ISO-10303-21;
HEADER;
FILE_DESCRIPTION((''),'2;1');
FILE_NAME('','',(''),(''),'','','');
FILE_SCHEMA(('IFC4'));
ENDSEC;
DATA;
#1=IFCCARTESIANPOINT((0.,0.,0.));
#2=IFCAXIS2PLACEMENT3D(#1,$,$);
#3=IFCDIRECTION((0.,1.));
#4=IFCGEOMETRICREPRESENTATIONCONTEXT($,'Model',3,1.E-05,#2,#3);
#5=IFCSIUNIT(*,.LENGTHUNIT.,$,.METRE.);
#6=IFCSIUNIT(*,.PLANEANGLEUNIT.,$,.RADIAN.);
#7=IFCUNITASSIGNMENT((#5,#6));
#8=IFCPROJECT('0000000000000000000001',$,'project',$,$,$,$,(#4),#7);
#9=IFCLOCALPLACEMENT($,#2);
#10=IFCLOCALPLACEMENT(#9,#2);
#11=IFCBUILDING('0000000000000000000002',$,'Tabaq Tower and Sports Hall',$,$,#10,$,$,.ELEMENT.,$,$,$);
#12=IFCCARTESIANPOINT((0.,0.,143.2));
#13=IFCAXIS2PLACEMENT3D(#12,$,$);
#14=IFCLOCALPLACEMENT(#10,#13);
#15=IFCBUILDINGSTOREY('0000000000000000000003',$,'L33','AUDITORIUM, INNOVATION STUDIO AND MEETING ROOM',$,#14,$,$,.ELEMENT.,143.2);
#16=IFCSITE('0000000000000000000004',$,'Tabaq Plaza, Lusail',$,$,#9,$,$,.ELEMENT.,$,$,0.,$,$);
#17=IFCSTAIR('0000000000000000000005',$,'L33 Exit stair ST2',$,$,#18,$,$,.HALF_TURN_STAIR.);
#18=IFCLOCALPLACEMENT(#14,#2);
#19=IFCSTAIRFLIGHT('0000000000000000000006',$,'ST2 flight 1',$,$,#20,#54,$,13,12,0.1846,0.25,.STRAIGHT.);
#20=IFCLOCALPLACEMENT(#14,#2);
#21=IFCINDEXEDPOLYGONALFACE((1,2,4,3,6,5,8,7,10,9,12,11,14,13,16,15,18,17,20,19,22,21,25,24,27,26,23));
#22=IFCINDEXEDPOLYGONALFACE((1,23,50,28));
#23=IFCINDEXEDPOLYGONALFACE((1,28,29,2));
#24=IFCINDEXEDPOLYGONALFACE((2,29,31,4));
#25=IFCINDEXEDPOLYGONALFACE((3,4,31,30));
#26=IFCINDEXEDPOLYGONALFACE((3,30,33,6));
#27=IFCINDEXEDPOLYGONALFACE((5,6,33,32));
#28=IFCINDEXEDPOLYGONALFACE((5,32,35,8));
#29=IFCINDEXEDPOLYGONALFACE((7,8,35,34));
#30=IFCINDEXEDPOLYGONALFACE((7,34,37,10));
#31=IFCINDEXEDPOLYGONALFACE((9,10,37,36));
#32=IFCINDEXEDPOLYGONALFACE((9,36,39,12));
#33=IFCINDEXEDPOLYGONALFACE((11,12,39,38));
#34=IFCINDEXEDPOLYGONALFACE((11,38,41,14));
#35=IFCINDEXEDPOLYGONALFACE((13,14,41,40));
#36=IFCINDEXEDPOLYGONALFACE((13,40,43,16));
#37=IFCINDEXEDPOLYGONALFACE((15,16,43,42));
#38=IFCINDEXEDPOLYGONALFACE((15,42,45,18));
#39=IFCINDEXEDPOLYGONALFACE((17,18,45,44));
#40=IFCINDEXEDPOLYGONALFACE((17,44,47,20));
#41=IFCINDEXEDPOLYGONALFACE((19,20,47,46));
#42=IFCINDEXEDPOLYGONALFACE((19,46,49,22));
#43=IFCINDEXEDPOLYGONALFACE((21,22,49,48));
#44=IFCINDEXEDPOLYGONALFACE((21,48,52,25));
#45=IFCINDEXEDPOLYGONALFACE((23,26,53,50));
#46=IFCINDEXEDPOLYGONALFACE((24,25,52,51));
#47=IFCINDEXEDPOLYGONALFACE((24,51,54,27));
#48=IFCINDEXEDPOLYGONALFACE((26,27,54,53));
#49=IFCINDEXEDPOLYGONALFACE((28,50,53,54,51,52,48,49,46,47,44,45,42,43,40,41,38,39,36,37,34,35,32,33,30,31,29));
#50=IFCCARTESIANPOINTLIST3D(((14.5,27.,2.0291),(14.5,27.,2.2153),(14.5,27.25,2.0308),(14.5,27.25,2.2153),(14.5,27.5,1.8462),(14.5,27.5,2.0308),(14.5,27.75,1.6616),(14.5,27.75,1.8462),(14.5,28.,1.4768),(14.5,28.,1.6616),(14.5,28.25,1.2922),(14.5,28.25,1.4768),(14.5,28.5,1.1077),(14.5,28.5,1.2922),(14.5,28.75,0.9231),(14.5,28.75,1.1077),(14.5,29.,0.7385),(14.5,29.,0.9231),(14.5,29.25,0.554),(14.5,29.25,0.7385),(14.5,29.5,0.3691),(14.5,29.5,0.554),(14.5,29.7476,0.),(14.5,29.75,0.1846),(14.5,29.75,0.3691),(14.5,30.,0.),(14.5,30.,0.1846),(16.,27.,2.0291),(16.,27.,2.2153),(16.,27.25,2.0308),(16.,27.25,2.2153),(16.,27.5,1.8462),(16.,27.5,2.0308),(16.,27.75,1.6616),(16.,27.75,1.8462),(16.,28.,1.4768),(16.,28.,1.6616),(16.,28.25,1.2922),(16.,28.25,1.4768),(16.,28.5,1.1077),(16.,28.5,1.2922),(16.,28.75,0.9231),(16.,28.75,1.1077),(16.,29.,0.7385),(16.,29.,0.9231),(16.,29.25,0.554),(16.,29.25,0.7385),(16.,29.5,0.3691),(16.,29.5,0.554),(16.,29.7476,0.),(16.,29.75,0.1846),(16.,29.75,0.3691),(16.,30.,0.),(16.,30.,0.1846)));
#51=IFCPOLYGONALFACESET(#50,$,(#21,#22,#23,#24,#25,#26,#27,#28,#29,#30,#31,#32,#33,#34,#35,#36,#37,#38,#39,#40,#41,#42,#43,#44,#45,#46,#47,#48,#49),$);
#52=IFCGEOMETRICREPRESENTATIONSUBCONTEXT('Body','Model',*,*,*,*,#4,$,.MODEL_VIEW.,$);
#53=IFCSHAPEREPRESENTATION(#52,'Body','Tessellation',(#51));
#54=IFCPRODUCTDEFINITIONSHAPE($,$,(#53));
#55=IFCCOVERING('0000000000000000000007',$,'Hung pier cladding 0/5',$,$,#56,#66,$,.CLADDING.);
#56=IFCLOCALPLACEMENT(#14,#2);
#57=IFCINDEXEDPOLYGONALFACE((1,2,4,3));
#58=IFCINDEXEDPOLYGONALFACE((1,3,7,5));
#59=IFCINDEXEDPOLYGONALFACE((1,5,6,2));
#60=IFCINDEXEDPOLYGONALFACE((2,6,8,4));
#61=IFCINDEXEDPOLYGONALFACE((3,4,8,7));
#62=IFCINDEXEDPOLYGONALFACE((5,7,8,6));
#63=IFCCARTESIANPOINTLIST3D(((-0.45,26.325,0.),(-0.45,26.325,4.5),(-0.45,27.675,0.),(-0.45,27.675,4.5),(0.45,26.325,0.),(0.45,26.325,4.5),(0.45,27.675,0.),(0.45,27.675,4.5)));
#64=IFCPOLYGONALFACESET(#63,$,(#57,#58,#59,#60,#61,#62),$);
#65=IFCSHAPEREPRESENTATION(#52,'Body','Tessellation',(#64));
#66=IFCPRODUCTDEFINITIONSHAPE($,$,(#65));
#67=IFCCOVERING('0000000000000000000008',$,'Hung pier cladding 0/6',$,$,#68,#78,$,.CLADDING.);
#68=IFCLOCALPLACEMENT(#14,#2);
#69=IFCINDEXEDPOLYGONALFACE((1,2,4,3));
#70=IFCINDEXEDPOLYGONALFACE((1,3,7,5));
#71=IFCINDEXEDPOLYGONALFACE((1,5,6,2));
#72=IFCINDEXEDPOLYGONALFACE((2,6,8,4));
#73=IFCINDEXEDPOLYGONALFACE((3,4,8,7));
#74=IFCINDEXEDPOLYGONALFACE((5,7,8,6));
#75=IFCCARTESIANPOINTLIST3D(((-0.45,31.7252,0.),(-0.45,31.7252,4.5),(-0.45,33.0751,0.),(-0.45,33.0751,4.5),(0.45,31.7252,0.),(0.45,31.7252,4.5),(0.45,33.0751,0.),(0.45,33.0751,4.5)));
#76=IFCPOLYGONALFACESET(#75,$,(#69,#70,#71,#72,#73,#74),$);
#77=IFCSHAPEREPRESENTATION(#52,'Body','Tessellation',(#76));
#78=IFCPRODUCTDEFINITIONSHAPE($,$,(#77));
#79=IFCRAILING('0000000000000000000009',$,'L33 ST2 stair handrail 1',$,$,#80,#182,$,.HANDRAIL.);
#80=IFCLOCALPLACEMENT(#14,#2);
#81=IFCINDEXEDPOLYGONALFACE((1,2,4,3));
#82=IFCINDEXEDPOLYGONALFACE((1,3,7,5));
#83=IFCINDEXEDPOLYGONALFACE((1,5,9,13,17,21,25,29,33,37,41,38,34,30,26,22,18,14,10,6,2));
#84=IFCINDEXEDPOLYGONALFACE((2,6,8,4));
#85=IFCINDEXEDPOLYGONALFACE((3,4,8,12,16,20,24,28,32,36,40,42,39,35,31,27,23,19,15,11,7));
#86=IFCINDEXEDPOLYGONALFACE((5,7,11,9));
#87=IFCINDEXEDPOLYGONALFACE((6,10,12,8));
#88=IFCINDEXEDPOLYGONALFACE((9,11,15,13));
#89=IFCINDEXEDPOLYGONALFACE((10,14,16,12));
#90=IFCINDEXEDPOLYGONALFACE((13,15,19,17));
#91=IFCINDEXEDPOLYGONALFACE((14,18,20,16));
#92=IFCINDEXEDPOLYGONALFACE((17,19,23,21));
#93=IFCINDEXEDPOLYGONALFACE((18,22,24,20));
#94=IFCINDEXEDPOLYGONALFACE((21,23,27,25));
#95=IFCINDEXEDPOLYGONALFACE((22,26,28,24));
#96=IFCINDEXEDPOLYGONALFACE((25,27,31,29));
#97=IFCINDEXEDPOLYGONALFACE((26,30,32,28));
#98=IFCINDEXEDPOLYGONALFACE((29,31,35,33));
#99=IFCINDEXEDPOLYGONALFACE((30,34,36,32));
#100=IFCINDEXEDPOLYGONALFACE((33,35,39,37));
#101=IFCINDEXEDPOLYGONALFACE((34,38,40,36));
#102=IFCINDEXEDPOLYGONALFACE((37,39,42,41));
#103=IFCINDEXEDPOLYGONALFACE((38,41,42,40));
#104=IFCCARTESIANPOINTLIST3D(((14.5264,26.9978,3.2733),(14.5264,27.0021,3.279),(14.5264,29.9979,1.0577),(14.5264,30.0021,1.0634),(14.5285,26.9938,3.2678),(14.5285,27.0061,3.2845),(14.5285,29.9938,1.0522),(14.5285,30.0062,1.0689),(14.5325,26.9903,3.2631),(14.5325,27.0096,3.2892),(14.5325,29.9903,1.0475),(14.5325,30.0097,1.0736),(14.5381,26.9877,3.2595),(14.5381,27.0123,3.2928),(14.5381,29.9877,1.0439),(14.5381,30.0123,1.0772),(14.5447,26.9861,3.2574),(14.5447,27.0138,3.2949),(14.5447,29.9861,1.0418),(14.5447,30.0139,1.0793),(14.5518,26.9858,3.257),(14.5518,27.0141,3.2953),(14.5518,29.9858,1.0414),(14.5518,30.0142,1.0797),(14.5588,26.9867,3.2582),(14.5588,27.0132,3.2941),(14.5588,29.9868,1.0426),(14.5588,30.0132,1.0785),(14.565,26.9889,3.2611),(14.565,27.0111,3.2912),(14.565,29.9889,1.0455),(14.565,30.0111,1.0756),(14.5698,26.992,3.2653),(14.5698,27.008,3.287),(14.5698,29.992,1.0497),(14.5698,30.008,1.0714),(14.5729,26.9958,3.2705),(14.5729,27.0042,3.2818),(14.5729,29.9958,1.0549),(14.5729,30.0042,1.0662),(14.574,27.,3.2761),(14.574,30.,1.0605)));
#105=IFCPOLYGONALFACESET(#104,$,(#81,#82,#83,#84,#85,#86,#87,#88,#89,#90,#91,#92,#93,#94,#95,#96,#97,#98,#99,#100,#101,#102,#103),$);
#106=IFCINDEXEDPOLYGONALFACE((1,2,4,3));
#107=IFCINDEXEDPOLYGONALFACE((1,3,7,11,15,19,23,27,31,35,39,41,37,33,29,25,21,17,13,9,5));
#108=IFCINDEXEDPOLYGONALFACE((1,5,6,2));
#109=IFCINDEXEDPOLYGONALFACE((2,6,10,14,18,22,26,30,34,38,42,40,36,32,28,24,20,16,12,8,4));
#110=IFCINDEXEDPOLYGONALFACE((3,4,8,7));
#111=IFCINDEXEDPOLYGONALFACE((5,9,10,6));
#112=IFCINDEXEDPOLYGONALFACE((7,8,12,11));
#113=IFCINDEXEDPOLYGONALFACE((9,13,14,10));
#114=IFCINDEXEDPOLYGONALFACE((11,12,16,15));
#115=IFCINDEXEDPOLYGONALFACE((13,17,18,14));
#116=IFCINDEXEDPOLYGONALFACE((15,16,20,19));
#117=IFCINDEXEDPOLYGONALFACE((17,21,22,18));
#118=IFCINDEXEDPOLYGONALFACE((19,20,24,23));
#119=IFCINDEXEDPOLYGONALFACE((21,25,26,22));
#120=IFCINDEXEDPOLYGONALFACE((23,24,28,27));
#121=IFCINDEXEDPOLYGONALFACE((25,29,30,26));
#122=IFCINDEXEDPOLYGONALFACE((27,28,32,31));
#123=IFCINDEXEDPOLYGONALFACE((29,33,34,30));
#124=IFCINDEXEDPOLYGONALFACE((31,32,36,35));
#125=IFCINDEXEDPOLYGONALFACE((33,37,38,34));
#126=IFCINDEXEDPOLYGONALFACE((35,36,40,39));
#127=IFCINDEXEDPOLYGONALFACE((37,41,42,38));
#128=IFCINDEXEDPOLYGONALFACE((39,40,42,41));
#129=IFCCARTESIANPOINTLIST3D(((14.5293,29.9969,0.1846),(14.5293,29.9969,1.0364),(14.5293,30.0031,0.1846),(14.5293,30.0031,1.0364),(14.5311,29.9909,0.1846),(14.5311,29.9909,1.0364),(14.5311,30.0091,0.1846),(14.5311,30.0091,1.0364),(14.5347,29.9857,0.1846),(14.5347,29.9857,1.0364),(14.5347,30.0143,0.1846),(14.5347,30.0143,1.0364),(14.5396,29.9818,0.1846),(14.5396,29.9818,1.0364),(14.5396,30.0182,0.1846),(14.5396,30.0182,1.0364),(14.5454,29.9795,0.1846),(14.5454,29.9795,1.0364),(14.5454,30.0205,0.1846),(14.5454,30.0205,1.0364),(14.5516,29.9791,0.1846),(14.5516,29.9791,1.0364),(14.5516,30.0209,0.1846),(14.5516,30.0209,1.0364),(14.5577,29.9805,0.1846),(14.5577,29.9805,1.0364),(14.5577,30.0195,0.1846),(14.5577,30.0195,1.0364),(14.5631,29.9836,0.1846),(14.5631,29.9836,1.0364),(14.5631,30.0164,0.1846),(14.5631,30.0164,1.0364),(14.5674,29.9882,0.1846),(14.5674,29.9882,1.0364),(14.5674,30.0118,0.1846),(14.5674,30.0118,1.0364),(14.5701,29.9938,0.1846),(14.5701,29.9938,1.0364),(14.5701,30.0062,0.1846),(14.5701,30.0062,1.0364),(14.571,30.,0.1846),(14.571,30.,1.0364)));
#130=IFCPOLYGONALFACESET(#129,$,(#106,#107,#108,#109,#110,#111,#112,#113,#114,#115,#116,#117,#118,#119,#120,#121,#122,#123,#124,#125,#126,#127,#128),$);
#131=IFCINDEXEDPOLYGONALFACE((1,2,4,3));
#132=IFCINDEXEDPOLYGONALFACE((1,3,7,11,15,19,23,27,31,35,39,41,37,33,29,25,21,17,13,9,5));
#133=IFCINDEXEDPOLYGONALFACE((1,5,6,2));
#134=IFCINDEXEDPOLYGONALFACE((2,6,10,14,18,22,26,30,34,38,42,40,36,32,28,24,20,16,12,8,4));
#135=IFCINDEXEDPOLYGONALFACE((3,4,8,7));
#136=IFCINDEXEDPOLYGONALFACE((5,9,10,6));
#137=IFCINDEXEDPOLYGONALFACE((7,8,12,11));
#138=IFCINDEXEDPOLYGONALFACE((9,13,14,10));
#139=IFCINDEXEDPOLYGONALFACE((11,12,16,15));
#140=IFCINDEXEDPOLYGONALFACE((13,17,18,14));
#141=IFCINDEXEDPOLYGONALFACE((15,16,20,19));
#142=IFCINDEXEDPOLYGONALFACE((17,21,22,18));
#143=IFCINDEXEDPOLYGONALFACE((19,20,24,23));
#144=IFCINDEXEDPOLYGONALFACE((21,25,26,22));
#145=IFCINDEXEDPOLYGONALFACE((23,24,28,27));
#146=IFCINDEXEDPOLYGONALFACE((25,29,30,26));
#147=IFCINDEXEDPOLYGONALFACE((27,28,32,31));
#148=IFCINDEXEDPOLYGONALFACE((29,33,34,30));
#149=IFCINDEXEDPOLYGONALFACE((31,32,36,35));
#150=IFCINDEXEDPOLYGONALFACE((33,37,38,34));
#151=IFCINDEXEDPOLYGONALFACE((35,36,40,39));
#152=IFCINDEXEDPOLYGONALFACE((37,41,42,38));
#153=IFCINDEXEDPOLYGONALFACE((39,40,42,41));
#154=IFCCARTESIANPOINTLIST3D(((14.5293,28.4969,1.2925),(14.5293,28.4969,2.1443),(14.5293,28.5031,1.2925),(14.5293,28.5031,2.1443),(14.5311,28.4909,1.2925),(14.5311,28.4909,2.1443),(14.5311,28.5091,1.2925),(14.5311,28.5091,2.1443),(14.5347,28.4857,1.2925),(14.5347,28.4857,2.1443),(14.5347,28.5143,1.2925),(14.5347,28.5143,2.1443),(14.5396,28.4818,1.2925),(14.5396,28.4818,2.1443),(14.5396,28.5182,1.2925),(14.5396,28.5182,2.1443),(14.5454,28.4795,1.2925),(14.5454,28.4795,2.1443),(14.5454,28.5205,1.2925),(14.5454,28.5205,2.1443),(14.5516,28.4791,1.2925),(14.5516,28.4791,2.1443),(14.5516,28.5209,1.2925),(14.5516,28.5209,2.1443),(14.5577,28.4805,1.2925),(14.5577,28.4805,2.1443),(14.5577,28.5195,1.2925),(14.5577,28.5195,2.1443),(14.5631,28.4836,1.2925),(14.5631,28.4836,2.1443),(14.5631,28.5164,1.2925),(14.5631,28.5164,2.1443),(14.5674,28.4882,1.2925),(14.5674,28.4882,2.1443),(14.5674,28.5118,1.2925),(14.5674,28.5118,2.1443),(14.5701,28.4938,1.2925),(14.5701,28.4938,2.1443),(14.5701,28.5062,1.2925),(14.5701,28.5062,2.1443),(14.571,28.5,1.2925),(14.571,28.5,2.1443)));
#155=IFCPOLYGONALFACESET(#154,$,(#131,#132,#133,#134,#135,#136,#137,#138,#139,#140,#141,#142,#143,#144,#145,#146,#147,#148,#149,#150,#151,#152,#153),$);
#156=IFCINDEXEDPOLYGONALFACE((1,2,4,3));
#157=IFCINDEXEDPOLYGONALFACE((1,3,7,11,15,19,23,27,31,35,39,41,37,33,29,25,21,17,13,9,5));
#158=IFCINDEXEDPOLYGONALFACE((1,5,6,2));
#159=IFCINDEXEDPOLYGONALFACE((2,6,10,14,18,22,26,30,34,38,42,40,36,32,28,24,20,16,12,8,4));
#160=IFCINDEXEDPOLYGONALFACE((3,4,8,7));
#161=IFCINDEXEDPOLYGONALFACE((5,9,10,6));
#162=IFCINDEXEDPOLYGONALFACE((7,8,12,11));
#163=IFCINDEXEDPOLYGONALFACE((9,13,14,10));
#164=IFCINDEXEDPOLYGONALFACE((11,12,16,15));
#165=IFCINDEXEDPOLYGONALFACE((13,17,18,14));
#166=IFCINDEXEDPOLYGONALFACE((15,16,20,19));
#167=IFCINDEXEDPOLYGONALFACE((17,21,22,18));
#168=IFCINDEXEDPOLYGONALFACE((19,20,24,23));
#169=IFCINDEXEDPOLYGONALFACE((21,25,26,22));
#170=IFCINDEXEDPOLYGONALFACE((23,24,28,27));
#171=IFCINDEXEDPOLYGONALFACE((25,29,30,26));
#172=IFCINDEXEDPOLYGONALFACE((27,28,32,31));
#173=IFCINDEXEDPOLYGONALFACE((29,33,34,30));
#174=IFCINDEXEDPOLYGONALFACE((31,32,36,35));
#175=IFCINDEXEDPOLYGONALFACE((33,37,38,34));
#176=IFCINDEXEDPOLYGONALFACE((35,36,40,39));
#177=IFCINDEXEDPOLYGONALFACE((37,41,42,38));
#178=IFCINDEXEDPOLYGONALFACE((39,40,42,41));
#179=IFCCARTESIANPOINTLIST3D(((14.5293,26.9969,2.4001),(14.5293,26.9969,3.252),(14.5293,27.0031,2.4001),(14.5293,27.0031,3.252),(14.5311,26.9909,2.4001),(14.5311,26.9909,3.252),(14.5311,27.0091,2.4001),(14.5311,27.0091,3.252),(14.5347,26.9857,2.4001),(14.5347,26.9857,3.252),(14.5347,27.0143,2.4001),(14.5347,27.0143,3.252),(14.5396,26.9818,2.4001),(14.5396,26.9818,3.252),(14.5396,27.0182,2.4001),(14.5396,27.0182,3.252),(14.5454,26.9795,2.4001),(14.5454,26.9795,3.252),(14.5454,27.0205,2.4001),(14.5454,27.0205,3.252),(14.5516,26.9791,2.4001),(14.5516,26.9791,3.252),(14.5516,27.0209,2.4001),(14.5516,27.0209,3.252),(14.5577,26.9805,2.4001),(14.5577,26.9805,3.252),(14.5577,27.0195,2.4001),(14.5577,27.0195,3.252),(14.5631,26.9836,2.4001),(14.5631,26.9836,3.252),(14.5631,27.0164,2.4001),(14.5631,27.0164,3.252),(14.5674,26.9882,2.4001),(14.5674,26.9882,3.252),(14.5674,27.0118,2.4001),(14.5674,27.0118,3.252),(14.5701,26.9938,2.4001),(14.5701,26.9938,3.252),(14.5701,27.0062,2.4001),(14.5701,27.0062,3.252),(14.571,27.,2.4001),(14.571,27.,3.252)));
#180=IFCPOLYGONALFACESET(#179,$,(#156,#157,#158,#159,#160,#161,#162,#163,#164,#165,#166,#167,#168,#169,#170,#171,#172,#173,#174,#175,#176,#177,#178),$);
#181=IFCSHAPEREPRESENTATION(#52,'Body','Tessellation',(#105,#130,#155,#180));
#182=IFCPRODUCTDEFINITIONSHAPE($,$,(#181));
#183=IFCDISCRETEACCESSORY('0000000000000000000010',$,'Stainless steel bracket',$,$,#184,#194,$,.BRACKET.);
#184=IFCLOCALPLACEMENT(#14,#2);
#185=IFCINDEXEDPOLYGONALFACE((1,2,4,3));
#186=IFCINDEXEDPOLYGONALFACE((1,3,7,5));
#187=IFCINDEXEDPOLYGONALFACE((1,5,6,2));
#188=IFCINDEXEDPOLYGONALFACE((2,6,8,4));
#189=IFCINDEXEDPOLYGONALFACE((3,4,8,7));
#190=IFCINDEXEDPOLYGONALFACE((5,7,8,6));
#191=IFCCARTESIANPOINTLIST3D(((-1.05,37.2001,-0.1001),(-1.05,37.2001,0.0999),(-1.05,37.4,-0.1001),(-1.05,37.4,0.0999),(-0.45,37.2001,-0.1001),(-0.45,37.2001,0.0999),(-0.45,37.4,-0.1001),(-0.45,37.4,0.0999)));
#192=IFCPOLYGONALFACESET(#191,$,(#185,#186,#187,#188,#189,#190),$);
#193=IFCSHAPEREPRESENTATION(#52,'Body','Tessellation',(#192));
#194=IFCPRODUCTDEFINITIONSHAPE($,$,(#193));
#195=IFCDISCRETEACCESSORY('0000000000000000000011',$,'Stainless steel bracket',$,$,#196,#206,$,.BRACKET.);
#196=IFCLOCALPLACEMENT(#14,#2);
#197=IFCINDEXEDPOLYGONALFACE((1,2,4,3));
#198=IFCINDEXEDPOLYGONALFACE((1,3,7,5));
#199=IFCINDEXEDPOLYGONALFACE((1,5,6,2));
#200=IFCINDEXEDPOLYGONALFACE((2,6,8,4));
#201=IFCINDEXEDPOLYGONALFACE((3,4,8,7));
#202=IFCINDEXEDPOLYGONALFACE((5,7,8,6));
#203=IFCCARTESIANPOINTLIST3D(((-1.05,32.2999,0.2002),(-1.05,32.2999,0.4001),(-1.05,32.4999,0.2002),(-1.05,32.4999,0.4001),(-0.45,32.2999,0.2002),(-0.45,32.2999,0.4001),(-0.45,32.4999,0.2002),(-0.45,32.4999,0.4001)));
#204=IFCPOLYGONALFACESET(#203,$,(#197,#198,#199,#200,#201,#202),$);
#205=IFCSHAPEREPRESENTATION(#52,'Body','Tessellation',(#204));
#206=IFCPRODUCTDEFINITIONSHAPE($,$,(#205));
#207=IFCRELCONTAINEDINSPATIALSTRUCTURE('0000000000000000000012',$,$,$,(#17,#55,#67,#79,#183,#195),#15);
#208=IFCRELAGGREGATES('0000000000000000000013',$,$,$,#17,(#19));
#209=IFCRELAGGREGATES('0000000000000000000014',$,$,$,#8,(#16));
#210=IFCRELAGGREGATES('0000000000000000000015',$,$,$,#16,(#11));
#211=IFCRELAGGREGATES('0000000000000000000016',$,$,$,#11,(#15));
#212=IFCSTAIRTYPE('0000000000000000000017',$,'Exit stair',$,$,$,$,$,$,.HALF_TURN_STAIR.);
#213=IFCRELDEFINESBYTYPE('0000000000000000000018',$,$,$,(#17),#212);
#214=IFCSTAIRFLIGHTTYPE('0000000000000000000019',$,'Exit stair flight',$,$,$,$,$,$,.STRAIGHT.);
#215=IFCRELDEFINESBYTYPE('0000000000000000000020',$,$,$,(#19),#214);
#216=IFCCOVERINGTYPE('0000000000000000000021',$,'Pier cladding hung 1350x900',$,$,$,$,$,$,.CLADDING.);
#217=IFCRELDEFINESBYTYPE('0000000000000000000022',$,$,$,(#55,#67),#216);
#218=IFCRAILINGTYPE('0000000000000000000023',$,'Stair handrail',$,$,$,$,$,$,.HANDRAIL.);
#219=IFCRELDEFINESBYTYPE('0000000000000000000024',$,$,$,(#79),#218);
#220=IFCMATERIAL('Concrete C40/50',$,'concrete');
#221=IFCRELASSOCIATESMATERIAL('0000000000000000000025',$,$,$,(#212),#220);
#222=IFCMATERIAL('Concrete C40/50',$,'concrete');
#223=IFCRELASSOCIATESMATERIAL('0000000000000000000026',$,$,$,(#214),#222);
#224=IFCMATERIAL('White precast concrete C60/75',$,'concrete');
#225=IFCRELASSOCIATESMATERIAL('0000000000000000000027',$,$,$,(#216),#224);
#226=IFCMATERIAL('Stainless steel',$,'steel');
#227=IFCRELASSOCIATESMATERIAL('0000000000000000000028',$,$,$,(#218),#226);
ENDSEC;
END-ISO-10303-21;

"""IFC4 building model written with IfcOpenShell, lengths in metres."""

from ifc_helpers import new_model, si_unit, direction, frame, frame_2d, origin, origin_2d, place, context, subcontext, project, spatial, polyline, rectangle, circle, outline, extrude, material, type_object, element, aggregate, save


model = new_model("IFC4")

# Units and contexts
model_context = context("Model", 3, precision=1e-05, world=origin(), true_north=direction((0.0, 1.0)))
body_context = subcontext(model_context, "Body", "Model", "MODEL_VIEW")
ifc_project = project(units=[si_unit("LENGTHUNIT", "METRE"), si_unit("PLANEANGLEUNIT", "RADIAN")], contexts=[model_context])

# Site, building, storey
site_placement = place(None, origin())
site = spatial("IfcSite", under=ifc_project, at=site_placement, Name="Tabaq Plaza, Lusail", CompositionType="ELEMENT", RefElevation=0.0)
building_placement = place(site_placement, origin())
building = spatial("IfcBuilding", under=site, at=building_placement, Name="Tabaq Tower and Sports Hall", CompositionType="ELEMENT")
storey_placement = place(building_placement, frame((0.0, 0.0, 143.2)))
storey = spatial("IfcBuildingStorey", under=building, at=storey_placement, Name="L33", Description="AUDITORIUM, INNOVATION STUDIO AND MEETING ROOM", CompositionType="ELEMENT", Elevation=143.2)

# Stair, stair flight
ifc_material_1 = material(Name="Concrete C40/50", Category="concrete")
stair_type = type_object("IfcStairType", Name="Exit stair", PredefinedType="HALF_TURN_STAIR", material=ifc_material_1)
stair_placement = place(storey_placement, origin())
stair = element("IfcStair", 1, at=stair_placement, inside=storey, type_object=stair_type, Name="L33 Exit stair ST2", PredefinedType="HALF_TURN_STAIR")
ifc_material_2 = material(Name="Concrete C40/50", Category="concrete")
stair_flight_type = type_object("IfcStairFlightType", Name="Exit stair flight", PredefinedType="STRAIGHT", material=ifc_material_2)
stair_flight_placement = place(storey_placement, frame((15.25, 30.0, 0.0), z_axis=(0.0, 0.0, 1.0), x_axis=(0.0, -1.0, 0.0)))
stair_flight = element("IfcStairFlight", 2, at=stair_flight_placement, type_object=stair_flight_type, Name="ST2 flight 1", NumberOfRisers=13, NumberOfTreads=12, PredefinedType="STRAIGHT", RiserHeight=0.1846, TreadLength=0.25, context=body_context, shape_type="SweptSolid", body=[
    extrude(outline(polyline([(0.0, 0.0), (0.0, 0.1846), (0.25, 0.1846), (0.25, 0.3691), (0.5, 0.3691), (0.5, 0.554), (0.75, 0.554), (0.75, 0.7385), (1.0, 0.7385), (1.0, 0.9231), (1.25, 0.9231), (1.25, 1.1077), (1.5, 1.1077), (1.5, 1.2922), (1.75, 1.2922), (1.75, 1.4768), (2.0, 1.4768), (2.0, 1.6616), (2.25, 1.6616), (2.25, 1.8462), (2.5, 1.8462), (2.5, 2.0308), (2.75, 2.0308), (2.75, 2.2153), (3.0, 2.2153), (3.0, 2.3999), (3.0, 2.0291), (0.2524, 0.0), (0.0, 0.0)])), frame((0.0, 0.75, 0.0), z_axis=(0.0, -1.0, 0.0), x_axis=(1.0, 0.0, 0.0)), (0.0, 0.0, 1.0), 1.5),
])
aggregate(stair, [stair_flight])

# Coverings
ifc_material_3 = material(Name="White precast concrete C60/75", Category="concrete")
covering_type = type_object("IfcCoveringType", Name="Pier cladding hung 1350x900", PredefinedType="CLADDING", material=ifc_material_3)
covering_1_placement = place(storey_placement, frame((0.0, 27.675, 0.0), z_axis=(0.0, 0.0, 1.0), x_axis=(0.0, -1.0, 0.0)))
element("IfcCovering", 3, at=covering_1_placement, inside=storey, type_object=covering_type, Name="Hung pier cladding 0/5", PredefinedType="CLADDING", context=body_context, shape_type="SweptSolid", body=[
    extrude(rectangle(XDim=1.3501, YDim=0.8999, at=frame_2d((0.675, 0.0))), origin(), (0.0, 0.0, 1.0), 4.5),
])
covering_2_placement = place(storey_placement, frame((0.0, 33.075, 0.0), z_axis=(0.0, 0.0, 1.0), x_axis=(0.0, -1.0, 0.0)))
element("IfcCovering", 4, at=covering_2_placement, inside=storey, type_object=covering_type, Name="Hung pier cladding 0/6", PredefinedType="CLADDING", context=body_context, shape_type="SweptSolid", body=[
    extrude(rectangle(XDim=1.3499, YDim=0.8999, at=frame_2d((0.6748, 0.0))), origin(), (0.0, 0.0, 1.0), 4.5),
])

# Railing
ifc_material_4 = material(Name="Stainless steel", Category="steel")
railing_type = type_object("IfcRailingType", Name="Stair handrail", PredefinedType="HANDRAIL", material=ifc_material_4)
railing_placement = place(storey_placement, frame((14.55, 30.0, 0.1846)))
element("IfcRailing", 5, at=railing_placement, inside=storey, type_object=railing_type, Name="L33 ST2 stair handrail 1", PredefinedType="HANDRAIL", context=body_context, shape_type="SweptSolid", body=[
    extrude(circle(Radius=0.0239, at=origin_2d()), frame((0.0, 0.0, 0.876), z_axis=(0.0, -0.804409, 0.594076), x_axis=(1.0, 0.0, 0.0)), (0.0, 0.0, 1.0), 3.7295),
    extrude(circle(Radius=0.021, at=origin_2d()), origin(), (0.0, 0.0, 1.0), 0.8518),
    extrude(circle(Radius=0.021, at=origin_2d()), frame((0.0, -1.5, 1.1079)), (0.0, 0.0, 1.0), 0.8518),
    extrude(circle(Radius=0.021, at=origin_2d()), frame((0.0, -3.0, 2.2156)), (0.0, 0.0, 1.0), 0.8518),
])

# Discrete accessories
for number, where, z_axis, x_axis, name in (
    (6, (-0.75, 37.3, -0.1001), (0.0, 0.0, 1.0), (-1.0, 0.0, 0.0), "Stainless steel bracket"),
    (7, (-0.75, 32.3999, 0.2002), (0.0, 0.0, 1.0), (-1.0, 0.0, 0.0), "Stainless steel bracket"),
):
    element("IfcDiscreteAccessory", number, at=place(storey_placement, frame(where, z_axis=z_axis, x_axis=x_axis)), inside=storey, Name=name, PredefinedType="BRACKET", context=body_context, shape_type="SweptSolid", body=[
        extrude(rectangle(XDim=0.6001, YDim=0.2, at=origin_2d()), origin(), (0.0, 0.0, 1.0), 0.2),
    ])

save(model, "model.ifc")
